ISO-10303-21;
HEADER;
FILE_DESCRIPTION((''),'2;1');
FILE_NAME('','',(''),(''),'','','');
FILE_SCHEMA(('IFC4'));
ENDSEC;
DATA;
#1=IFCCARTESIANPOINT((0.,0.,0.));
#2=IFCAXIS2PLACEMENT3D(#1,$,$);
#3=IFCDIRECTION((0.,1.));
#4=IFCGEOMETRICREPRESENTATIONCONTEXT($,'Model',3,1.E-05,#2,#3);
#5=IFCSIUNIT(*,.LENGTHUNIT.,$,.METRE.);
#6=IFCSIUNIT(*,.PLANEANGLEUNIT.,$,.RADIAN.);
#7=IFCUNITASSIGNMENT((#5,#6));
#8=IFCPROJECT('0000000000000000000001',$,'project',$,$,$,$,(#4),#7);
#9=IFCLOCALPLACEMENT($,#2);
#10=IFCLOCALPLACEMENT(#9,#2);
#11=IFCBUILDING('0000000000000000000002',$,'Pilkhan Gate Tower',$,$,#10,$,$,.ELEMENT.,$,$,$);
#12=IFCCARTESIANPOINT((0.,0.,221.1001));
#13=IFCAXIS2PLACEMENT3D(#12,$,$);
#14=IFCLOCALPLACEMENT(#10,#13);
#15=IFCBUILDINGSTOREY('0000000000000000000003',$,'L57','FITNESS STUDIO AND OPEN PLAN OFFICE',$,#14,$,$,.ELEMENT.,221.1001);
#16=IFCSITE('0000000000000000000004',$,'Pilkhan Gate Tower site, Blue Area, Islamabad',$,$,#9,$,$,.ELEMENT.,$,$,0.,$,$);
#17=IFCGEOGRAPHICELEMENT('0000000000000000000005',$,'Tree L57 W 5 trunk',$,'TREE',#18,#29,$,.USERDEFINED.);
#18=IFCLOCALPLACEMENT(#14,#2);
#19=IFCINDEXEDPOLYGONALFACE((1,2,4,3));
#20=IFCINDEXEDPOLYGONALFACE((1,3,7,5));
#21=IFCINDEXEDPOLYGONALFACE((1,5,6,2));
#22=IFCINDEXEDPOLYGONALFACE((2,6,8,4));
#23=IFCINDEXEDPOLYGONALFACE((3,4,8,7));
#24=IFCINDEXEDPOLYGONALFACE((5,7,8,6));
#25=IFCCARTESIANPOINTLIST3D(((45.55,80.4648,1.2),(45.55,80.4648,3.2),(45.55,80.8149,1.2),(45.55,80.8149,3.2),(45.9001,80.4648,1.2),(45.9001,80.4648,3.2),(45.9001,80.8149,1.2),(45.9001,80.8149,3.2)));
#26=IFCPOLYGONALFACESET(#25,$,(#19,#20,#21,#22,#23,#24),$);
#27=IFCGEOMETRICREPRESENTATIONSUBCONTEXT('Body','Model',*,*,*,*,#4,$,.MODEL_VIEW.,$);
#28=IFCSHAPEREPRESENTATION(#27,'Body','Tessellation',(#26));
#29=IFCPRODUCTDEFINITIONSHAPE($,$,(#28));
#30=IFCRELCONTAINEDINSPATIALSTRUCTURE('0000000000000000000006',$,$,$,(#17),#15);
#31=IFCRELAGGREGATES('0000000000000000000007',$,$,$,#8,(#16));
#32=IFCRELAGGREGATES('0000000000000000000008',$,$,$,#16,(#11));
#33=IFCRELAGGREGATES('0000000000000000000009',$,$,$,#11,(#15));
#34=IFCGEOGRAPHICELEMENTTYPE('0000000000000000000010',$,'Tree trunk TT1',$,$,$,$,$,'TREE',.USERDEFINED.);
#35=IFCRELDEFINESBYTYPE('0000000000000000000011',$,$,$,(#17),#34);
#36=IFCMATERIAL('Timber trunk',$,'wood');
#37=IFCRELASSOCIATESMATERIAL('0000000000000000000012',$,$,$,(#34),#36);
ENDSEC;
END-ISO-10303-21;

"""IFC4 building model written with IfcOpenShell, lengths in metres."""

from ifc_helpers import new_model, si_unit, direction, frame, origin, origin_2d, place, context, subcontext, project, spatial, rectangle, extrude, material, type_object, element, save


model = new_model("IFC4")

# Units and contexts
model_context = context("Model", 3, precision=1e-05, world=origin(), true_north=direction((0.0, 1.0)))
body_context = subcontext(model_context, "Body", "Model", "MODEL_VIEW")
ifc_project = project(units=[si_unit("LENGTHUNIT", "METRE"), si_unit("PLANEANGLEUNIT", "RADIAN")], contexts=[model_context])

# Site, building, storey
site_placement = place(None, origin())
site = spatial("IfcSite", under=ifc_project, at=site_placement, Name="Pilkhan Gate Tower site, Blue Area, Islamabad", CompositionType="ELEMENT", RefElevation=0.0)
building_placement = place(site_placement, origin())
building = spatial("IfcBuilding", under=site, at=building_placement, Name="Pilkhan Gate Tower", CompositionType="ELEMENT")
storey_placement = place(building_placement, frame((0.0, 0.0, 221.1001)))
storey = spatial("IfcBuildingStorey", under=building, at=storey_placement, Name="L57", Description="FITNESS STUDIO AND OPEN PLAN OFFICE", CompositionType="ELEMENT", Elevation=221.1001)

# Geographic element
ifc_material_1 = material(Name="Timber trunk", Category="wood")
geographic_element_type_1 = type_object("IfcGeographicElementType", Name="Tree trunk TT1", ElementType="TREE", PredefinedType="USERDEFINED", material=ifc_material_1)
for number, where, z_axis, x_axis, name in (
    (1, (45.7251, 80.6399, 1.2), (0.0, 0.0, 1.0), (1.0, 0.0, 0.0), "Tree L57 W 5 trunk"),
):
    element("IfcGeographicElement", number, at=place(storey_placement, frame(where, z_axis=z_axis, x_axis=x_axis)), inside=storey, type_object=geographic_element_type_1, Name=name, ObjectType="TREE", PredefinedType="USERDEFINED", context=body_context, shape_type="SweptSolid", body=[
        extrude(rectangle(XDim=0.3501, YDim=0.3501, at=origin_2d()), origin(), (0.0, 0.0, 1.0), 2.0),
    ])

save(model, "model.ifc")
